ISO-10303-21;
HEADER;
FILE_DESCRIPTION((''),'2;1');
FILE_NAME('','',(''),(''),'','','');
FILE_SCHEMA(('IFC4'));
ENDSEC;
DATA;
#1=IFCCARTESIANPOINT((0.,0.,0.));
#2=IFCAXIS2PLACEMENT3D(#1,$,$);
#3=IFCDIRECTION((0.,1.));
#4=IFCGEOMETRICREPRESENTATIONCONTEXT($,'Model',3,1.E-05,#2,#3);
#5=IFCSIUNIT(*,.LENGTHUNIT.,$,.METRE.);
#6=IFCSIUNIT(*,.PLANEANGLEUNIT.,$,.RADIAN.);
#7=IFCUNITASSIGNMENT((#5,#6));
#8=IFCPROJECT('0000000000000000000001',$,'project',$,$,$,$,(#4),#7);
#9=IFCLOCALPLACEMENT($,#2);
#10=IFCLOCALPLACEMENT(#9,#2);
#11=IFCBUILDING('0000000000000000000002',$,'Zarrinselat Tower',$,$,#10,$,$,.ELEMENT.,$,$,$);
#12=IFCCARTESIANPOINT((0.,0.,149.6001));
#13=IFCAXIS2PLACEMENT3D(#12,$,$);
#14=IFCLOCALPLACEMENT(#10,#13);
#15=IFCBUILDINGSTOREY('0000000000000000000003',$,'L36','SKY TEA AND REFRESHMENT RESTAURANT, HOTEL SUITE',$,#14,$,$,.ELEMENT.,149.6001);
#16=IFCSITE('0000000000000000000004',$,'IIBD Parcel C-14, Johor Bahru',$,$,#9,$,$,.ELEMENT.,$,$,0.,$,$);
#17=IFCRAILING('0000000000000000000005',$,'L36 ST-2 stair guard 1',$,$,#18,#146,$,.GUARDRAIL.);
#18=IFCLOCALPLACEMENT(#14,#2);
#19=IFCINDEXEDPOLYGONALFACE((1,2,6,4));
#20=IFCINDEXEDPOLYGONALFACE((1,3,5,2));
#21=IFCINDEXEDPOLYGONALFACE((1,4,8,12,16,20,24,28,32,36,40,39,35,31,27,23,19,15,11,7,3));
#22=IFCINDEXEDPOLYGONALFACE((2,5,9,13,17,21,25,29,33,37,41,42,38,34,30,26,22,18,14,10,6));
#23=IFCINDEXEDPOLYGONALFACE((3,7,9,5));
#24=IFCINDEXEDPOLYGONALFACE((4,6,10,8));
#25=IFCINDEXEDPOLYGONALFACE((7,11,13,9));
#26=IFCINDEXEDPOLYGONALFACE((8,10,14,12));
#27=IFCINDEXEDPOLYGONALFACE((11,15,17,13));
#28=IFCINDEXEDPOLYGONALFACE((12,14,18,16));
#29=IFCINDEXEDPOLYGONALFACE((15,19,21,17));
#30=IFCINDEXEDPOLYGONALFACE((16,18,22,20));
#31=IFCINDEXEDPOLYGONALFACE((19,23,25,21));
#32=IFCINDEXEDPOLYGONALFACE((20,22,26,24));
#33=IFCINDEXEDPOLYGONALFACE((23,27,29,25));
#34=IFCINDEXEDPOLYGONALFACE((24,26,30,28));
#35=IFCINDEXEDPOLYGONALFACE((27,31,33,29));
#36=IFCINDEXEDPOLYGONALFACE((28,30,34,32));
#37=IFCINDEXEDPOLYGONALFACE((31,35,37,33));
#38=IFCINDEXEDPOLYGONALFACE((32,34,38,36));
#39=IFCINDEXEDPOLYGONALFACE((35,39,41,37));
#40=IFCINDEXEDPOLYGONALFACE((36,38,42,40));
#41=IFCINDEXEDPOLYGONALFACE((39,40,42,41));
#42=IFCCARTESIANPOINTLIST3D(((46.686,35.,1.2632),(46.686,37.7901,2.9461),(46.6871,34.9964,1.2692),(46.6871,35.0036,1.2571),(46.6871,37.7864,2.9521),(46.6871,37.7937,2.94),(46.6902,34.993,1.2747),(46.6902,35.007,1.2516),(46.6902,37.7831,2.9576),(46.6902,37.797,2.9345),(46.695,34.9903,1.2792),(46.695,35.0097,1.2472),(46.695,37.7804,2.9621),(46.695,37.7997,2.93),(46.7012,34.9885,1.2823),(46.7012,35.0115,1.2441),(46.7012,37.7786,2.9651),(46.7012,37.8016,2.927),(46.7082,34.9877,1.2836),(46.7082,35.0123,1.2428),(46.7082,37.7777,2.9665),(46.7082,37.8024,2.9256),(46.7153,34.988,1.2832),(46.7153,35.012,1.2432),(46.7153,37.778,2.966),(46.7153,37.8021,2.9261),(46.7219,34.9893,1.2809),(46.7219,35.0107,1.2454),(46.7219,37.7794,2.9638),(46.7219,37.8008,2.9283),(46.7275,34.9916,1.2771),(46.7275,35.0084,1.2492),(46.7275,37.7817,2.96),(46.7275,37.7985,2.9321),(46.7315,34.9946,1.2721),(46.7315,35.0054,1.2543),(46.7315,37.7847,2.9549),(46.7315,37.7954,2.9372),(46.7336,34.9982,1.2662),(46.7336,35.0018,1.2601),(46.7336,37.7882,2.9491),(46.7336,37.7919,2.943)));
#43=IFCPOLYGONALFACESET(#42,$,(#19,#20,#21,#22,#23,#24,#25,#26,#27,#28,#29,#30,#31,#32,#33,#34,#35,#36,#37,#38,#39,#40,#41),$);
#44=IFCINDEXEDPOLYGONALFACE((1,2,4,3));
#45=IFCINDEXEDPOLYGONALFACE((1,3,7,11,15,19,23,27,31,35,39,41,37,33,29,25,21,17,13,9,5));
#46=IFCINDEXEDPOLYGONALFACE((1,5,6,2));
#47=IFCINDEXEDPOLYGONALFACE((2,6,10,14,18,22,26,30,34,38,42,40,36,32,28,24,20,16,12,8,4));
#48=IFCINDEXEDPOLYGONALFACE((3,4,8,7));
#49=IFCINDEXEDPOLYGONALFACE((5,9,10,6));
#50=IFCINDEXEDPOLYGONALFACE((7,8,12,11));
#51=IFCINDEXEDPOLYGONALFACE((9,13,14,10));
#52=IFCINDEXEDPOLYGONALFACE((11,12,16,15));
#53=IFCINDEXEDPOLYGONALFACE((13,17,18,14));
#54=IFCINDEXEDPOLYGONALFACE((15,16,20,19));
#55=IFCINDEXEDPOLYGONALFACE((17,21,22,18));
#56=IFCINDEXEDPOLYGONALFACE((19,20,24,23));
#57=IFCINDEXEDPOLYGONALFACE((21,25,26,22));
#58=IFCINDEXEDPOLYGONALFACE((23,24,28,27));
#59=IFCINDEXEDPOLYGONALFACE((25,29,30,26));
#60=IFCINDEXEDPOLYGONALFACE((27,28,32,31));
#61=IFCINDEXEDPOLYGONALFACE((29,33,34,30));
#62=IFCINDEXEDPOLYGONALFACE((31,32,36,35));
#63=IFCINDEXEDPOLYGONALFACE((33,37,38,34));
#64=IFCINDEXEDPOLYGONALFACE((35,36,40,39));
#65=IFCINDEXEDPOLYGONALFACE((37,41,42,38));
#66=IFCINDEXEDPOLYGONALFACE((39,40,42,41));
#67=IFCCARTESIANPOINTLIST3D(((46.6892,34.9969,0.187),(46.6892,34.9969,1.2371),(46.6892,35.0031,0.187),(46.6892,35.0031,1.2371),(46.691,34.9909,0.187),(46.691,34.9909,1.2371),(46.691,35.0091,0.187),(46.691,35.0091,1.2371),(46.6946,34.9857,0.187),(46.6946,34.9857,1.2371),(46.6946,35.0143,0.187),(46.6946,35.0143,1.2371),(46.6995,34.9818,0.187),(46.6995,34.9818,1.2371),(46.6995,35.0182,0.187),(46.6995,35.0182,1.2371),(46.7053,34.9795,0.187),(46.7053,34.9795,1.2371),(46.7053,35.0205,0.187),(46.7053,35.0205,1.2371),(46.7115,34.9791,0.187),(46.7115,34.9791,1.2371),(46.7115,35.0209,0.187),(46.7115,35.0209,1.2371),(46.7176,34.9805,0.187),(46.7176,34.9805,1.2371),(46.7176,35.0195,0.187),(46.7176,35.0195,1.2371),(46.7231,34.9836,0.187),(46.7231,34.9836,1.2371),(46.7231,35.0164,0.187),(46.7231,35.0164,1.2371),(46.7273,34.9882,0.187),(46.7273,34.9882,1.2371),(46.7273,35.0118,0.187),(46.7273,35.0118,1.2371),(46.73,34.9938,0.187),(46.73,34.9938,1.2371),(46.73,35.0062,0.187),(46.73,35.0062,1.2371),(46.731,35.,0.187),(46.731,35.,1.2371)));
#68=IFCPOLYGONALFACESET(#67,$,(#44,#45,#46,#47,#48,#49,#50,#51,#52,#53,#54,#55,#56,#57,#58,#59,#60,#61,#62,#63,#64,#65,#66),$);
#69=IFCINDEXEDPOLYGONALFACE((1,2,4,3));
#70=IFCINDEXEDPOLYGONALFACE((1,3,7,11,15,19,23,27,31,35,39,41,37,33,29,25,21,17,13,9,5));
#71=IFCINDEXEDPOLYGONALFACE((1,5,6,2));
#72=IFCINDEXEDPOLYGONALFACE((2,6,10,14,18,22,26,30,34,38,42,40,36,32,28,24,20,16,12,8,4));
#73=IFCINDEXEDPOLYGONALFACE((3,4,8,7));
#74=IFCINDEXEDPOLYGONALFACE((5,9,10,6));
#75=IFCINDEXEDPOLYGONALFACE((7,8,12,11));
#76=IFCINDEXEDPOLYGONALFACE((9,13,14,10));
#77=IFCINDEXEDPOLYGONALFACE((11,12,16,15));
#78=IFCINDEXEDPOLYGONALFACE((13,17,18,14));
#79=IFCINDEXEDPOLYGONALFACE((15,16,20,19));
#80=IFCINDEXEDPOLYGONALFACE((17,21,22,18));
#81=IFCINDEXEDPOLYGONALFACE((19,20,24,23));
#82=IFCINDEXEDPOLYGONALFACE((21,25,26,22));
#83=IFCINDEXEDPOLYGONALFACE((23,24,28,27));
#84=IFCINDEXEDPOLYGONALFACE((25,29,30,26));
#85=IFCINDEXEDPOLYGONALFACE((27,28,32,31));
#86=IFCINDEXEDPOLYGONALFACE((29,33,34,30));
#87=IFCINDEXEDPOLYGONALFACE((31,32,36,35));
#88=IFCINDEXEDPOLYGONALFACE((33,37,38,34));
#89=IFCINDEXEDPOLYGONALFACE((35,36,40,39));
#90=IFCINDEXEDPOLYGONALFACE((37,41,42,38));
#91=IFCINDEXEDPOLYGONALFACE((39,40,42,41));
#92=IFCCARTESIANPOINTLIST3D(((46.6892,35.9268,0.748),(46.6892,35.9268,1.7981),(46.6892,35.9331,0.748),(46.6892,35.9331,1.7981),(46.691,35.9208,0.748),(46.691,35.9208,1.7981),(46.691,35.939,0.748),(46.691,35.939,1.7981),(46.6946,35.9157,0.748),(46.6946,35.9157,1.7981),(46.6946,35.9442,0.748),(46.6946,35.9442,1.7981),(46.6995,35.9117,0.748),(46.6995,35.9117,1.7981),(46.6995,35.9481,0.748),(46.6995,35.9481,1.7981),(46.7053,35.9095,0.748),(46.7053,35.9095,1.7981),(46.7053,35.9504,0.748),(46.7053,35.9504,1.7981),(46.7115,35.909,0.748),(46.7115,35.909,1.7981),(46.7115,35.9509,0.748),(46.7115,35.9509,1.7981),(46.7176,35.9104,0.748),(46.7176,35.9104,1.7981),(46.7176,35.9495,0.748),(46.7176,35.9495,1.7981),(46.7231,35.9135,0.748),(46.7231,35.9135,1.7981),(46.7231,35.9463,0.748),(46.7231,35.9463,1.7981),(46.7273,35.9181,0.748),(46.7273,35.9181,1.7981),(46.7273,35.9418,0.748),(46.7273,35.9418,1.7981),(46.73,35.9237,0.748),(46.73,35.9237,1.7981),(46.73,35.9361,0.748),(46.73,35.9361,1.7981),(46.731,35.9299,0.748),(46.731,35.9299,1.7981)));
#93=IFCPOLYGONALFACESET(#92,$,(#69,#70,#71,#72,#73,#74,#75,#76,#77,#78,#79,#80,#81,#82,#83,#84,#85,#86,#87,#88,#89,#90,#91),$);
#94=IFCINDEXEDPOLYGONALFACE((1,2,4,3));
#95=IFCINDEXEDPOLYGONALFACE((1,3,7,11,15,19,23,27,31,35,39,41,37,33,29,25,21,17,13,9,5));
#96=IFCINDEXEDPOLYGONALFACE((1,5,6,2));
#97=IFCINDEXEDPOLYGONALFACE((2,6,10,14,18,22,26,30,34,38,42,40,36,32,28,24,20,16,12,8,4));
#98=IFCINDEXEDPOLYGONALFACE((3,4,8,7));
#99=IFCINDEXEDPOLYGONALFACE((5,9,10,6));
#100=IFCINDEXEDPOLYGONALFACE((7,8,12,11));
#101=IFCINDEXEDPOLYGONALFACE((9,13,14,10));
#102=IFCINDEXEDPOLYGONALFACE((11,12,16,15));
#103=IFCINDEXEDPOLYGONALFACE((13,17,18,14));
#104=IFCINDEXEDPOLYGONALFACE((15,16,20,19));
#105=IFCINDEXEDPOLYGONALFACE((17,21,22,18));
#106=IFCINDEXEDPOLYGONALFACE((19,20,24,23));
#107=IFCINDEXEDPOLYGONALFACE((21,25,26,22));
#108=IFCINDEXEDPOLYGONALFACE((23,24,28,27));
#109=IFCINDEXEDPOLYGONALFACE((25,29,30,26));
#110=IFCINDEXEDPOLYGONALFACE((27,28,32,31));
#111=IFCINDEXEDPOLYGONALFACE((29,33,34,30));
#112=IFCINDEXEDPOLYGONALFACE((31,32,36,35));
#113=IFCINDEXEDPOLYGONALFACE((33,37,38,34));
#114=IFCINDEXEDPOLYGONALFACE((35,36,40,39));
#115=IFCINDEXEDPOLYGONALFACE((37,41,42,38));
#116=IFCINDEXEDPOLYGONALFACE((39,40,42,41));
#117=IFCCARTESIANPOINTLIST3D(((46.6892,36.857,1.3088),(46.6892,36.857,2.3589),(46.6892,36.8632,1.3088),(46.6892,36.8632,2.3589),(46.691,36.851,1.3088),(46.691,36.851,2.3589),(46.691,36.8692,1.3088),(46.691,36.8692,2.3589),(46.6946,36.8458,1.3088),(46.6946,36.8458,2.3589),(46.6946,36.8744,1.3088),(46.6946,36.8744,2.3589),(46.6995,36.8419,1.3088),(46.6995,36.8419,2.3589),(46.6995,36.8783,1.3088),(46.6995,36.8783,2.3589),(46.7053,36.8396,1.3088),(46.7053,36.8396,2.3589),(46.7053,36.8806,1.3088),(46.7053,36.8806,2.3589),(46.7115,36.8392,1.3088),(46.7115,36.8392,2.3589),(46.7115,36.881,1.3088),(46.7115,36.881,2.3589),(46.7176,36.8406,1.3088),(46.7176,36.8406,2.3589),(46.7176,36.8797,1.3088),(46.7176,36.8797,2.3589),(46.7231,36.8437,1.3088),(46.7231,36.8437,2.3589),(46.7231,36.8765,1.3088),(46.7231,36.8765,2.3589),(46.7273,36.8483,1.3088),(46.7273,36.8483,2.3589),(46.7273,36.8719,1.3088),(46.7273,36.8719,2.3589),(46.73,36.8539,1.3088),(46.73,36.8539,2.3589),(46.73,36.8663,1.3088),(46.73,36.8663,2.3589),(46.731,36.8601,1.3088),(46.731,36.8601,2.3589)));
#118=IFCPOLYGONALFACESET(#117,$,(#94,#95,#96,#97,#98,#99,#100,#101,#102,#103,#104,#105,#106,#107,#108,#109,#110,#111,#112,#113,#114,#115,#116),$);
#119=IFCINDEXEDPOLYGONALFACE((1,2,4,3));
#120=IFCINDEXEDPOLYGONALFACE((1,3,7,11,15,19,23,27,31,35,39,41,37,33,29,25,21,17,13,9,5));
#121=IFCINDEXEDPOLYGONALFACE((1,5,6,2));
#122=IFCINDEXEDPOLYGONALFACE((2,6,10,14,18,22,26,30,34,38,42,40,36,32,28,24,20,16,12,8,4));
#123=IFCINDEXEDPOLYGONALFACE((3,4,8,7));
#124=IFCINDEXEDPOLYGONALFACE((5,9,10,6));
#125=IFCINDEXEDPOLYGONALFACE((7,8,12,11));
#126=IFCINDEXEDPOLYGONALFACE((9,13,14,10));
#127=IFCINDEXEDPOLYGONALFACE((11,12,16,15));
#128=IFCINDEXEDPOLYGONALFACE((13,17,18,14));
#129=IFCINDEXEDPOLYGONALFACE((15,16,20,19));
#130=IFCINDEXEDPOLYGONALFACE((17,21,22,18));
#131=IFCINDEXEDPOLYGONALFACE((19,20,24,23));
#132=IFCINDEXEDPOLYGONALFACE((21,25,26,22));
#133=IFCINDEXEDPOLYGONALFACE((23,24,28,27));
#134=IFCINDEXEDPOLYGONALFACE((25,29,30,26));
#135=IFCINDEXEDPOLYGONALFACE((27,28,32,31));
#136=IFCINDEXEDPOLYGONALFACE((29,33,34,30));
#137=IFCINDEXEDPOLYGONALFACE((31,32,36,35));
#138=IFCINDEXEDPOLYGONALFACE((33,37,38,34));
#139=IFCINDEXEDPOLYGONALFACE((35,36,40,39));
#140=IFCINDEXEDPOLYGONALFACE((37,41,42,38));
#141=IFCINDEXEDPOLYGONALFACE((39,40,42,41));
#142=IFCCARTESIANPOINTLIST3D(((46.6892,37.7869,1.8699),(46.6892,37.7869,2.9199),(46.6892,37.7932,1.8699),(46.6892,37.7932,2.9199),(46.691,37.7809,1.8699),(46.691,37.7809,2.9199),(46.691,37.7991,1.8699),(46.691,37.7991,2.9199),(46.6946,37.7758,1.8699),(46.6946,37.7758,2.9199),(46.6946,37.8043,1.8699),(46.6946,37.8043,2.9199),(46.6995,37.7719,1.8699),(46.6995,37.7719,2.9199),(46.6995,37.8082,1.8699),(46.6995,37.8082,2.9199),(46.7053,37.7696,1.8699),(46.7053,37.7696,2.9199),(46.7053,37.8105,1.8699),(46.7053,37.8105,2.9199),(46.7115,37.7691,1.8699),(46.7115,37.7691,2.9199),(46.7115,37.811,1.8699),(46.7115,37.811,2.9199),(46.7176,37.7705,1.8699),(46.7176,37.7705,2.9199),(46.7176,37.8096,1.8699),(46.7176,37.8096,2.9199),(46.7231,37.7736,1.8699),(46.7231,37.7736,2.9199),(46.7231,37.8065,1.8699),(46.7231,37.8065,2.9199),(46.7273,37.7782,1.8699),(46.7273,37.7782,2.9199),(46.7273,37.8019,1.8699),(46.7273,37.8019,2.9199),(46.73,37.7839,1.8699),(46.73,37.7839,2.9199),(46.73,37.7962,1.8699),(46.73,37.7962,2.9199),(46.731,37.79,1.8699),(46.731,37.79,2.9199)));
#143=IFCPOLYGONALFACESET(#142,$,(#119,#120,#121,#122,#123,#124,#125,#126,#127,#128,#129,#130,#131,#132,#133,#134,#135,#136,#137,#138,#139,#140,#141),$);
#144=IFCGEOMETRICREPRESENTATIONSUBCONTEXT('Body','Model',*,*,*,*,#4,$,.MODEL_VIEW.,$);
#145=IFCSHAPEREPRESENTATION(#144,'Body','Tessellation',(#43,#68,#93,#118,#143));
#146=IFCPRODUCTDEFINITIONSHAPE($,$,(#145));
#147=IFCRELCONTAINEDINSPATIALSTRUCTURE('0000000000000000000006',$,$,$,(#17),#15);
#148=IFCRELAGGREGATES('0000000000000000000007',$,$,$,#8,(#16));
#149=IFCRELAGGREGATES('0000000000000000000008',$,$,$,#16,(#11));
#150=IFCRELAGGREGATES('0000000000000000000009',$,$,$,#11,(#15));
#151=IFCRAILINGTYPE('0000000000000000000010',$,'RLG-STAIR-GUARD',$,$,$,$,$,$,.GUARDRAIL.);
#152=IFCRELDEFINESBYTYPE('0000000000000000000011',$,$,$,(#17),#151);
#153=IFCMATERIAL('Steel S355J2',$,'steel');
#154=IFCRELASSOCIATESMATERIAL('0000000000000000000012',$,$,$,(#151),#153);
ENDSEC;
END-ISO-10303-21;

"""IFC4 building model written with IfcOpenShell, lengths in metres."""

from ifc_helpers import new_model, si_unit, direction, frame, origin, origin_2d, place, context, subcontext, project, spatial, circle, extrude, material, type_object, element, save


model = new_model("IFC4")

# Units and contexts
model_context = context("Model", 3, precision=1e-05, world=origin(), true_north=direction((0.0, 1.0)))
body_context = subcontext(model_context, "Body", "Model", "MODEL_VIEW")
ifc_project = project(units=[si_unit("LENGTHUNIT", "METRE"), si_unit("PLANEANGLEUNIT", "RADIAN")], contexts=[model_context])

# Site, building, storey
site_placement = place(None, origin())
site = spatial("IfcSite", under=ifc_project, at=site_placement, Name="IIBD Parcel C-14, Johor Bahru", CompositionType="ELEMENT", RefElevation=0.0)
building_placement = place(site_placement, origin())
building = spatial("IfcBuilding", under=site, at=building_placement, Name="Zarrinselat Tower", CompositionType="ELEMENT")
storey_placement = place(building_placement, frame((0.0, 0.0, 149.6001)))
storey = spatial("IfcBuildingStorey", under=building, at=storey_placement, Name="L36", Description="SKY TEA AND REFRESHMENT RESTAURANT, HOTEL SUITE", CompositionType="ELEMENT", Elevation=149.6001)

# Railing
ifc_material_1 = material(Name="Steel S355J2", Category="steel")
railing_type_1 = type_object("IfcRailingType", Name="RLG-STAIR-GUARD", PredefinedType="GUARDRAIL", material=ifc_material_1)
railing_1_placement = place(storey_placement, frame((46.71, 35.0, 0.187)))
element("IfcRailing", 1, at=railing_1_placement, inside=storey, type_object=railing_type_1, Name="L36 ST-2 stair guard 1", PredefinedType="GUARDRAIL", context=body_context, shape_type="SweptSolid", body=[
    extrude(circle(Radius=0.0239, at=origin_2d()), frame((0.0, 0.0, 1.0762), z_axis=(0.0, 0.856294, 0.516489), x_axis=(-1.0, 0.0, 0.0)), (0.0, 0.0, 1.0), 3.2583),
    extrude(circle(Radius=0.021, at=origin_2d()), origin(), (0.0, 0.0, 1.0), 1.05),
    extrude(circle(Radius=0.021, at=origin_2d()), frame((0.0, 0.9299, 0.561)), (0.0, 0.0, 1.0), 1.05),
    extrude(circle(Radius=0.021, at=origin_2d()), frame((0.0, 1.8601, 1.1218)), (0.0, 0.0, 1.0), 1.05),
    extrude(circle(Radius=0.021, at=origin_2d()), frame((0.0, 2.79, 1.6829)), (0.0, 0.0, 1.0), 1.05),
])

save(model, "model.ifc")
